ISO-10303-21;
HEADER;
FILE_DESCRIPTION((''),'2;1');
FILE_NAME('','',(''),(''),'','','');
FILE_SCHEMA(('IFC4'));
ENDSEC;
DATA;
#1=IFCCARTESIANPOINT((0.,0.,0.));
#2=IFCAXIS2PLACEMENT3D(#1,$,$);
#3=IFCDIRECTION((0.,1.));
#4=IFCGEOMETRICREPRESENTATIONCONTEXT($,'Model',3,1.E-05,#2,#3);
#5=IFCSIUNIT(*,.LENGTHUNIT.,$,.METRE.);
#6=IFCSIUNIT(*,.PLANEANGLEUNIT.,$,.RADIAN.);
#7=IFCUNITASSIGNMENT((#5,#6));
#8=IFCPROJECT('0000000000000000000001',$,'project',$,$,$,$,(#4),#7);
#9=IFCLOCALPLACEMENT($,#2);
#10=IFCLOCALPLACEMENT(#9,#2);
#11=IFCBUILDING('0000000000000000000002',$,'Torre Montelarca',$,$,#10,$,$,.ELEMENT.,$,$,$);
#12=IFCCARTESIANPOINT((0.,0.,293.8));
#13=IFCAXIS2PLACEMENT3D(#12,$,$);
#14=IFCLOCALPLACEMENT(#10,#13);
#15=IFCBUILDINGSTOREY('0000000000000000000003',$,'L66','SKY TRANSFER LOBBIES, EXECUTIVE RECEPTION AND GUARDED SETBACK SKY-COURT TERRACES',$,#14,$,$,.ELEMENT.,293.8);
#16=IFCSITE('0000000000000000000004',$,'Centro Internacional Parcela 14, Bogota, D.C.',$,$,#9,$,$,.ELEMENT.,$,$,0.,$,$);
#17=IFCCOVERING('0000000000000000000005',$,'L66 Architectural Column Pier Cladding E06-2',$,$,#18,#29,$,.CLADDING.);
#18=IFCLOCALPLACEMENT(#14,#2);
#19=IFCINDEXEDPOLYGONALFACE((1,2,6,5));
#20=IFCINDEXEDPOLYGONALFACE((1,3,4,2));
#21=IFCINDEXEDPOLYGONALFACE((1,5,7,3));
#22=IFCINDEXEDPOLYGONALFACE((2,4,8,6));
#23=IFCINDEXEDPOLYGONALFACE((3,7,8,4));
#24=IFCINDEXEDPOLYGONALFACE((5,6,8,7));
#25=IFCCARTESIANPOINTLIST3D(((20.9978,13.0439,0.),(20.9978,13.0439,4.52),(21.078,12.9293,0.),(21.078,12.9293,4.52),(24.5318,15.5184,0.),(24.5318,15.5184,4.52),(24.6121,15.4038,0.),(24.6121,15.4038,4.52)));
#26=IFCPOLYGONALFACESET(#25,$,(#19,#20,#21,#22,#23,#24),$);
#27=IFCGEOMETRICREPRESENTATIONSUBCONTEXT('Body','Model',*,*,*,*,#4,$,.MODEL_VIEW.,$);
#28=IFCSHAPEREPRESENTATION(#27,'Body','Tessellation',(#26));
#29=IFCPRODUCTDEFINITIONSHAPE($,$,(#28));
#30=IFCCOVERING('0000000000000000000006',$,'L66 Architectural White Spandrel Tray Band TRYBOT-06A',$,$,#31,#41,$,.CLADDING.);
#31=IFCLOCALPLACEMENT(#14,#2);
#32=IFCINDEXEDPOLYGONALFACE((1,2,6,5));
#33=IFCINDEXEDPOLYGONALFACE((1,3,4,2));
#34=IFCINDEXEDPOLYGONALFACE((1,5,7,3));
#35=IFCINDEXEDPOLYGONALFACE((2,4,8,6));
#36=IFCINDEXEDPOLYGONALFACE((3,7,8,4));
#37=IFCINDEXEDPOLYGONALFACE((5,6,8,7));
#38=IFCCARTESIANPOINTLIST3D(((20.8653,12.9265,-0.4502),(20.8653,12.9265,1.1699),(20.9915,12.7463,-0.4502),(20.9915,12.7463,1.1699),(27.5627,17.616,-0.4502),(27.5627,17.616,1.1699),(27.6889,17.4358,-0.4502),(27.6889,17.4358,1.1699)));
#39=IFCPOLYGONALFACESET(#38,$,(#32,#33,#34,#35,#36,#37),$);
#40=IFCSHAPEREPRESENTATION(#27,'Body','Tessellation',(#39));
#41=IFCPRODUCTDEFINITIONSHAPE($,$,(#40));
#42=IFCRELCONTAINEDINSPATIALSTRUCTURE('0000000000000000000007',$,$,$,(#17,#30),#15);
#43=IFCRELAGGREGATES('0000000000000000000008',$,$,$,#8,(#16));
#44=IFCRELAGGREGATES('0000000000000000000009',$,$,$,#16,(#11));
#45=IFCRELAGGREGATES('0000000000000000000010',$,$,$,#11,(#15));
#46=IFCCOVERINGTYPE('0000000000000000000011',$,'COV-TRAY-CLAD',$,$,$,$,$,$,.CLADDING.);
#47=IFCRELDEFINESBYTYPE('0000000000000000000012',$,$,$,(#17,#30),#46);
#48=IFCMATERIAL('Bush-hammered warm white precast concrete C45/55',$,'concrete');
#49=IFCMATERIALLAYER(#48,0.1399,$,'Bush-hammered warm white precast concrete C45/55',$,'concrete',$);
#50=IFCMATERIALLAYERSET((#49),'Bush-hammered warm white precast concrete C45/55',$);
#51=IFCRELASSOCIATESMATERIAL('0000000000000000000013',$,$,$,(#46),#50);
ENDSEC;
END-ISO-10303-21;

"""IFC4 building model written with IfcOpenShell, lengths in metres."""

from ifc_helpers import new_model, si_unit, direction, frame, origin, origin_2d, place, context, subcontext, project, spatial, rectangle, extrude, source, transform, mapped, material, layer, layer_set, type_object, element, save


model = new_model("IFC4")

# Units and contexts
model_context = context("Model", 3, precision=1e-05, world=origin(), true_north=direction((0.0, 1.0)))
body_context = subcontext(model_context, "Body", "Model", "MODEL_VIEW")
ifc_project = project(units=[si_unit("LENGTHUNIT", "METRE"), si_unit("PLANEANGLEUNIT", "RADIAN")], contexts=[model_context])

# Site, building, storey
site_placement = place(None, origin())
site = spatial("IfcSite", under=ifc_project, at=site_placement, Name="Centro Internacional Parcela 14, Bogota, D.C.", CompositionType="ELEMENT", RefElevation=0.0)
building_placement = place(site_placement, origin())
building = spatial("IfcBuilding", under=site, at=building_placement, Name="Torre Montelarca", CompositionType="ELEMENT")
storey_placement = place(building_placement, frame((0.0, 0.0, 293.8)))
storey = spatial("IfcBuildingStorey", under=building, at=storey_placement, Name="L66", Description="SKY TRANSFER LOBBIES, EXECUTIVE RECEPTION AND GUARDED SETBACK SKY-COURT TERRACES", CompositionType="ELEMENT", Elevation=293.8)

# Coverings
ifc_material_1 = material(Name="Bush-hammered warm white precast concrete C45/55", Category="concrete")
ifc_layer_1 = layer(ifc_material_1, 0.1399, Name="Bush-hammered warm white precast concrete C45/55", Category="concrete")
ifc_layer_set_1 = layer_set([ifc_layer_1], Name="Bush-hammered warm white precast concrete C45/55")
covering_type = type_object("IfcCoveringType", Name="COV-TRAY-CLAD", PredefinedType="CLADDING", material=ifc_layer_set_1)
shared_shape_1 = source(origin(), body_context, "Body", "SweptSolid", [
    extrude(rectangle(XDim=4.3142, YDim=0.1399, at=origin_2d()), origin(), (0.0, 0.0, 1.0), 4.52),
])
covering_1_placement = place(storey_placement, frame((22.8049, 14.2239, 0.0), z_axis=(0.0, 0.0, 1.0), x_axis=(0.819156, 0.573571, 0.0)))
element("IfcCovering", 1, at=covering_1_placement, inside=storey, type_object=covering_type, Name="L66 Architectural Column Pier Cladding E06-2", PredefinedType="CLADDING", context=body_context, shape_type="MappedRepresentation", body=[
    mapped(shared_shape_1, transform((0.0, 0.0, 0.0), scale=1.0)),
])
shared_shape_2 = source(origin(), body_context, "Body", "SweptSolid", [
    extrude(rectangle(XDim=8.176, YDim=0.22, at=origin_2d()), origin(), (0.0, 0.0, 1.0), 1.6201),
])
covering_2_placement = place(storey_placement, frame((24.2771, 15.1812, -0.4502), z_axis=(0.0, 0.0, 1.0), x_axis=(0.819154, 0.573574, 0.0)))
element("IfcCovering", 2, at=covering_2_placement, inside=storey, type_object=covering_type, Name="L66 Architectural White Spandrel Tray Band TRYBOT-06A", PredefinedType="CLADDING", context=body_context, shape_type="MappedRepresentation", body=[
    mapped(shared_shape_2, transform((0.0, 0.0, 0.0), scale=1.0)),
])

save(model, "model.ifc")
